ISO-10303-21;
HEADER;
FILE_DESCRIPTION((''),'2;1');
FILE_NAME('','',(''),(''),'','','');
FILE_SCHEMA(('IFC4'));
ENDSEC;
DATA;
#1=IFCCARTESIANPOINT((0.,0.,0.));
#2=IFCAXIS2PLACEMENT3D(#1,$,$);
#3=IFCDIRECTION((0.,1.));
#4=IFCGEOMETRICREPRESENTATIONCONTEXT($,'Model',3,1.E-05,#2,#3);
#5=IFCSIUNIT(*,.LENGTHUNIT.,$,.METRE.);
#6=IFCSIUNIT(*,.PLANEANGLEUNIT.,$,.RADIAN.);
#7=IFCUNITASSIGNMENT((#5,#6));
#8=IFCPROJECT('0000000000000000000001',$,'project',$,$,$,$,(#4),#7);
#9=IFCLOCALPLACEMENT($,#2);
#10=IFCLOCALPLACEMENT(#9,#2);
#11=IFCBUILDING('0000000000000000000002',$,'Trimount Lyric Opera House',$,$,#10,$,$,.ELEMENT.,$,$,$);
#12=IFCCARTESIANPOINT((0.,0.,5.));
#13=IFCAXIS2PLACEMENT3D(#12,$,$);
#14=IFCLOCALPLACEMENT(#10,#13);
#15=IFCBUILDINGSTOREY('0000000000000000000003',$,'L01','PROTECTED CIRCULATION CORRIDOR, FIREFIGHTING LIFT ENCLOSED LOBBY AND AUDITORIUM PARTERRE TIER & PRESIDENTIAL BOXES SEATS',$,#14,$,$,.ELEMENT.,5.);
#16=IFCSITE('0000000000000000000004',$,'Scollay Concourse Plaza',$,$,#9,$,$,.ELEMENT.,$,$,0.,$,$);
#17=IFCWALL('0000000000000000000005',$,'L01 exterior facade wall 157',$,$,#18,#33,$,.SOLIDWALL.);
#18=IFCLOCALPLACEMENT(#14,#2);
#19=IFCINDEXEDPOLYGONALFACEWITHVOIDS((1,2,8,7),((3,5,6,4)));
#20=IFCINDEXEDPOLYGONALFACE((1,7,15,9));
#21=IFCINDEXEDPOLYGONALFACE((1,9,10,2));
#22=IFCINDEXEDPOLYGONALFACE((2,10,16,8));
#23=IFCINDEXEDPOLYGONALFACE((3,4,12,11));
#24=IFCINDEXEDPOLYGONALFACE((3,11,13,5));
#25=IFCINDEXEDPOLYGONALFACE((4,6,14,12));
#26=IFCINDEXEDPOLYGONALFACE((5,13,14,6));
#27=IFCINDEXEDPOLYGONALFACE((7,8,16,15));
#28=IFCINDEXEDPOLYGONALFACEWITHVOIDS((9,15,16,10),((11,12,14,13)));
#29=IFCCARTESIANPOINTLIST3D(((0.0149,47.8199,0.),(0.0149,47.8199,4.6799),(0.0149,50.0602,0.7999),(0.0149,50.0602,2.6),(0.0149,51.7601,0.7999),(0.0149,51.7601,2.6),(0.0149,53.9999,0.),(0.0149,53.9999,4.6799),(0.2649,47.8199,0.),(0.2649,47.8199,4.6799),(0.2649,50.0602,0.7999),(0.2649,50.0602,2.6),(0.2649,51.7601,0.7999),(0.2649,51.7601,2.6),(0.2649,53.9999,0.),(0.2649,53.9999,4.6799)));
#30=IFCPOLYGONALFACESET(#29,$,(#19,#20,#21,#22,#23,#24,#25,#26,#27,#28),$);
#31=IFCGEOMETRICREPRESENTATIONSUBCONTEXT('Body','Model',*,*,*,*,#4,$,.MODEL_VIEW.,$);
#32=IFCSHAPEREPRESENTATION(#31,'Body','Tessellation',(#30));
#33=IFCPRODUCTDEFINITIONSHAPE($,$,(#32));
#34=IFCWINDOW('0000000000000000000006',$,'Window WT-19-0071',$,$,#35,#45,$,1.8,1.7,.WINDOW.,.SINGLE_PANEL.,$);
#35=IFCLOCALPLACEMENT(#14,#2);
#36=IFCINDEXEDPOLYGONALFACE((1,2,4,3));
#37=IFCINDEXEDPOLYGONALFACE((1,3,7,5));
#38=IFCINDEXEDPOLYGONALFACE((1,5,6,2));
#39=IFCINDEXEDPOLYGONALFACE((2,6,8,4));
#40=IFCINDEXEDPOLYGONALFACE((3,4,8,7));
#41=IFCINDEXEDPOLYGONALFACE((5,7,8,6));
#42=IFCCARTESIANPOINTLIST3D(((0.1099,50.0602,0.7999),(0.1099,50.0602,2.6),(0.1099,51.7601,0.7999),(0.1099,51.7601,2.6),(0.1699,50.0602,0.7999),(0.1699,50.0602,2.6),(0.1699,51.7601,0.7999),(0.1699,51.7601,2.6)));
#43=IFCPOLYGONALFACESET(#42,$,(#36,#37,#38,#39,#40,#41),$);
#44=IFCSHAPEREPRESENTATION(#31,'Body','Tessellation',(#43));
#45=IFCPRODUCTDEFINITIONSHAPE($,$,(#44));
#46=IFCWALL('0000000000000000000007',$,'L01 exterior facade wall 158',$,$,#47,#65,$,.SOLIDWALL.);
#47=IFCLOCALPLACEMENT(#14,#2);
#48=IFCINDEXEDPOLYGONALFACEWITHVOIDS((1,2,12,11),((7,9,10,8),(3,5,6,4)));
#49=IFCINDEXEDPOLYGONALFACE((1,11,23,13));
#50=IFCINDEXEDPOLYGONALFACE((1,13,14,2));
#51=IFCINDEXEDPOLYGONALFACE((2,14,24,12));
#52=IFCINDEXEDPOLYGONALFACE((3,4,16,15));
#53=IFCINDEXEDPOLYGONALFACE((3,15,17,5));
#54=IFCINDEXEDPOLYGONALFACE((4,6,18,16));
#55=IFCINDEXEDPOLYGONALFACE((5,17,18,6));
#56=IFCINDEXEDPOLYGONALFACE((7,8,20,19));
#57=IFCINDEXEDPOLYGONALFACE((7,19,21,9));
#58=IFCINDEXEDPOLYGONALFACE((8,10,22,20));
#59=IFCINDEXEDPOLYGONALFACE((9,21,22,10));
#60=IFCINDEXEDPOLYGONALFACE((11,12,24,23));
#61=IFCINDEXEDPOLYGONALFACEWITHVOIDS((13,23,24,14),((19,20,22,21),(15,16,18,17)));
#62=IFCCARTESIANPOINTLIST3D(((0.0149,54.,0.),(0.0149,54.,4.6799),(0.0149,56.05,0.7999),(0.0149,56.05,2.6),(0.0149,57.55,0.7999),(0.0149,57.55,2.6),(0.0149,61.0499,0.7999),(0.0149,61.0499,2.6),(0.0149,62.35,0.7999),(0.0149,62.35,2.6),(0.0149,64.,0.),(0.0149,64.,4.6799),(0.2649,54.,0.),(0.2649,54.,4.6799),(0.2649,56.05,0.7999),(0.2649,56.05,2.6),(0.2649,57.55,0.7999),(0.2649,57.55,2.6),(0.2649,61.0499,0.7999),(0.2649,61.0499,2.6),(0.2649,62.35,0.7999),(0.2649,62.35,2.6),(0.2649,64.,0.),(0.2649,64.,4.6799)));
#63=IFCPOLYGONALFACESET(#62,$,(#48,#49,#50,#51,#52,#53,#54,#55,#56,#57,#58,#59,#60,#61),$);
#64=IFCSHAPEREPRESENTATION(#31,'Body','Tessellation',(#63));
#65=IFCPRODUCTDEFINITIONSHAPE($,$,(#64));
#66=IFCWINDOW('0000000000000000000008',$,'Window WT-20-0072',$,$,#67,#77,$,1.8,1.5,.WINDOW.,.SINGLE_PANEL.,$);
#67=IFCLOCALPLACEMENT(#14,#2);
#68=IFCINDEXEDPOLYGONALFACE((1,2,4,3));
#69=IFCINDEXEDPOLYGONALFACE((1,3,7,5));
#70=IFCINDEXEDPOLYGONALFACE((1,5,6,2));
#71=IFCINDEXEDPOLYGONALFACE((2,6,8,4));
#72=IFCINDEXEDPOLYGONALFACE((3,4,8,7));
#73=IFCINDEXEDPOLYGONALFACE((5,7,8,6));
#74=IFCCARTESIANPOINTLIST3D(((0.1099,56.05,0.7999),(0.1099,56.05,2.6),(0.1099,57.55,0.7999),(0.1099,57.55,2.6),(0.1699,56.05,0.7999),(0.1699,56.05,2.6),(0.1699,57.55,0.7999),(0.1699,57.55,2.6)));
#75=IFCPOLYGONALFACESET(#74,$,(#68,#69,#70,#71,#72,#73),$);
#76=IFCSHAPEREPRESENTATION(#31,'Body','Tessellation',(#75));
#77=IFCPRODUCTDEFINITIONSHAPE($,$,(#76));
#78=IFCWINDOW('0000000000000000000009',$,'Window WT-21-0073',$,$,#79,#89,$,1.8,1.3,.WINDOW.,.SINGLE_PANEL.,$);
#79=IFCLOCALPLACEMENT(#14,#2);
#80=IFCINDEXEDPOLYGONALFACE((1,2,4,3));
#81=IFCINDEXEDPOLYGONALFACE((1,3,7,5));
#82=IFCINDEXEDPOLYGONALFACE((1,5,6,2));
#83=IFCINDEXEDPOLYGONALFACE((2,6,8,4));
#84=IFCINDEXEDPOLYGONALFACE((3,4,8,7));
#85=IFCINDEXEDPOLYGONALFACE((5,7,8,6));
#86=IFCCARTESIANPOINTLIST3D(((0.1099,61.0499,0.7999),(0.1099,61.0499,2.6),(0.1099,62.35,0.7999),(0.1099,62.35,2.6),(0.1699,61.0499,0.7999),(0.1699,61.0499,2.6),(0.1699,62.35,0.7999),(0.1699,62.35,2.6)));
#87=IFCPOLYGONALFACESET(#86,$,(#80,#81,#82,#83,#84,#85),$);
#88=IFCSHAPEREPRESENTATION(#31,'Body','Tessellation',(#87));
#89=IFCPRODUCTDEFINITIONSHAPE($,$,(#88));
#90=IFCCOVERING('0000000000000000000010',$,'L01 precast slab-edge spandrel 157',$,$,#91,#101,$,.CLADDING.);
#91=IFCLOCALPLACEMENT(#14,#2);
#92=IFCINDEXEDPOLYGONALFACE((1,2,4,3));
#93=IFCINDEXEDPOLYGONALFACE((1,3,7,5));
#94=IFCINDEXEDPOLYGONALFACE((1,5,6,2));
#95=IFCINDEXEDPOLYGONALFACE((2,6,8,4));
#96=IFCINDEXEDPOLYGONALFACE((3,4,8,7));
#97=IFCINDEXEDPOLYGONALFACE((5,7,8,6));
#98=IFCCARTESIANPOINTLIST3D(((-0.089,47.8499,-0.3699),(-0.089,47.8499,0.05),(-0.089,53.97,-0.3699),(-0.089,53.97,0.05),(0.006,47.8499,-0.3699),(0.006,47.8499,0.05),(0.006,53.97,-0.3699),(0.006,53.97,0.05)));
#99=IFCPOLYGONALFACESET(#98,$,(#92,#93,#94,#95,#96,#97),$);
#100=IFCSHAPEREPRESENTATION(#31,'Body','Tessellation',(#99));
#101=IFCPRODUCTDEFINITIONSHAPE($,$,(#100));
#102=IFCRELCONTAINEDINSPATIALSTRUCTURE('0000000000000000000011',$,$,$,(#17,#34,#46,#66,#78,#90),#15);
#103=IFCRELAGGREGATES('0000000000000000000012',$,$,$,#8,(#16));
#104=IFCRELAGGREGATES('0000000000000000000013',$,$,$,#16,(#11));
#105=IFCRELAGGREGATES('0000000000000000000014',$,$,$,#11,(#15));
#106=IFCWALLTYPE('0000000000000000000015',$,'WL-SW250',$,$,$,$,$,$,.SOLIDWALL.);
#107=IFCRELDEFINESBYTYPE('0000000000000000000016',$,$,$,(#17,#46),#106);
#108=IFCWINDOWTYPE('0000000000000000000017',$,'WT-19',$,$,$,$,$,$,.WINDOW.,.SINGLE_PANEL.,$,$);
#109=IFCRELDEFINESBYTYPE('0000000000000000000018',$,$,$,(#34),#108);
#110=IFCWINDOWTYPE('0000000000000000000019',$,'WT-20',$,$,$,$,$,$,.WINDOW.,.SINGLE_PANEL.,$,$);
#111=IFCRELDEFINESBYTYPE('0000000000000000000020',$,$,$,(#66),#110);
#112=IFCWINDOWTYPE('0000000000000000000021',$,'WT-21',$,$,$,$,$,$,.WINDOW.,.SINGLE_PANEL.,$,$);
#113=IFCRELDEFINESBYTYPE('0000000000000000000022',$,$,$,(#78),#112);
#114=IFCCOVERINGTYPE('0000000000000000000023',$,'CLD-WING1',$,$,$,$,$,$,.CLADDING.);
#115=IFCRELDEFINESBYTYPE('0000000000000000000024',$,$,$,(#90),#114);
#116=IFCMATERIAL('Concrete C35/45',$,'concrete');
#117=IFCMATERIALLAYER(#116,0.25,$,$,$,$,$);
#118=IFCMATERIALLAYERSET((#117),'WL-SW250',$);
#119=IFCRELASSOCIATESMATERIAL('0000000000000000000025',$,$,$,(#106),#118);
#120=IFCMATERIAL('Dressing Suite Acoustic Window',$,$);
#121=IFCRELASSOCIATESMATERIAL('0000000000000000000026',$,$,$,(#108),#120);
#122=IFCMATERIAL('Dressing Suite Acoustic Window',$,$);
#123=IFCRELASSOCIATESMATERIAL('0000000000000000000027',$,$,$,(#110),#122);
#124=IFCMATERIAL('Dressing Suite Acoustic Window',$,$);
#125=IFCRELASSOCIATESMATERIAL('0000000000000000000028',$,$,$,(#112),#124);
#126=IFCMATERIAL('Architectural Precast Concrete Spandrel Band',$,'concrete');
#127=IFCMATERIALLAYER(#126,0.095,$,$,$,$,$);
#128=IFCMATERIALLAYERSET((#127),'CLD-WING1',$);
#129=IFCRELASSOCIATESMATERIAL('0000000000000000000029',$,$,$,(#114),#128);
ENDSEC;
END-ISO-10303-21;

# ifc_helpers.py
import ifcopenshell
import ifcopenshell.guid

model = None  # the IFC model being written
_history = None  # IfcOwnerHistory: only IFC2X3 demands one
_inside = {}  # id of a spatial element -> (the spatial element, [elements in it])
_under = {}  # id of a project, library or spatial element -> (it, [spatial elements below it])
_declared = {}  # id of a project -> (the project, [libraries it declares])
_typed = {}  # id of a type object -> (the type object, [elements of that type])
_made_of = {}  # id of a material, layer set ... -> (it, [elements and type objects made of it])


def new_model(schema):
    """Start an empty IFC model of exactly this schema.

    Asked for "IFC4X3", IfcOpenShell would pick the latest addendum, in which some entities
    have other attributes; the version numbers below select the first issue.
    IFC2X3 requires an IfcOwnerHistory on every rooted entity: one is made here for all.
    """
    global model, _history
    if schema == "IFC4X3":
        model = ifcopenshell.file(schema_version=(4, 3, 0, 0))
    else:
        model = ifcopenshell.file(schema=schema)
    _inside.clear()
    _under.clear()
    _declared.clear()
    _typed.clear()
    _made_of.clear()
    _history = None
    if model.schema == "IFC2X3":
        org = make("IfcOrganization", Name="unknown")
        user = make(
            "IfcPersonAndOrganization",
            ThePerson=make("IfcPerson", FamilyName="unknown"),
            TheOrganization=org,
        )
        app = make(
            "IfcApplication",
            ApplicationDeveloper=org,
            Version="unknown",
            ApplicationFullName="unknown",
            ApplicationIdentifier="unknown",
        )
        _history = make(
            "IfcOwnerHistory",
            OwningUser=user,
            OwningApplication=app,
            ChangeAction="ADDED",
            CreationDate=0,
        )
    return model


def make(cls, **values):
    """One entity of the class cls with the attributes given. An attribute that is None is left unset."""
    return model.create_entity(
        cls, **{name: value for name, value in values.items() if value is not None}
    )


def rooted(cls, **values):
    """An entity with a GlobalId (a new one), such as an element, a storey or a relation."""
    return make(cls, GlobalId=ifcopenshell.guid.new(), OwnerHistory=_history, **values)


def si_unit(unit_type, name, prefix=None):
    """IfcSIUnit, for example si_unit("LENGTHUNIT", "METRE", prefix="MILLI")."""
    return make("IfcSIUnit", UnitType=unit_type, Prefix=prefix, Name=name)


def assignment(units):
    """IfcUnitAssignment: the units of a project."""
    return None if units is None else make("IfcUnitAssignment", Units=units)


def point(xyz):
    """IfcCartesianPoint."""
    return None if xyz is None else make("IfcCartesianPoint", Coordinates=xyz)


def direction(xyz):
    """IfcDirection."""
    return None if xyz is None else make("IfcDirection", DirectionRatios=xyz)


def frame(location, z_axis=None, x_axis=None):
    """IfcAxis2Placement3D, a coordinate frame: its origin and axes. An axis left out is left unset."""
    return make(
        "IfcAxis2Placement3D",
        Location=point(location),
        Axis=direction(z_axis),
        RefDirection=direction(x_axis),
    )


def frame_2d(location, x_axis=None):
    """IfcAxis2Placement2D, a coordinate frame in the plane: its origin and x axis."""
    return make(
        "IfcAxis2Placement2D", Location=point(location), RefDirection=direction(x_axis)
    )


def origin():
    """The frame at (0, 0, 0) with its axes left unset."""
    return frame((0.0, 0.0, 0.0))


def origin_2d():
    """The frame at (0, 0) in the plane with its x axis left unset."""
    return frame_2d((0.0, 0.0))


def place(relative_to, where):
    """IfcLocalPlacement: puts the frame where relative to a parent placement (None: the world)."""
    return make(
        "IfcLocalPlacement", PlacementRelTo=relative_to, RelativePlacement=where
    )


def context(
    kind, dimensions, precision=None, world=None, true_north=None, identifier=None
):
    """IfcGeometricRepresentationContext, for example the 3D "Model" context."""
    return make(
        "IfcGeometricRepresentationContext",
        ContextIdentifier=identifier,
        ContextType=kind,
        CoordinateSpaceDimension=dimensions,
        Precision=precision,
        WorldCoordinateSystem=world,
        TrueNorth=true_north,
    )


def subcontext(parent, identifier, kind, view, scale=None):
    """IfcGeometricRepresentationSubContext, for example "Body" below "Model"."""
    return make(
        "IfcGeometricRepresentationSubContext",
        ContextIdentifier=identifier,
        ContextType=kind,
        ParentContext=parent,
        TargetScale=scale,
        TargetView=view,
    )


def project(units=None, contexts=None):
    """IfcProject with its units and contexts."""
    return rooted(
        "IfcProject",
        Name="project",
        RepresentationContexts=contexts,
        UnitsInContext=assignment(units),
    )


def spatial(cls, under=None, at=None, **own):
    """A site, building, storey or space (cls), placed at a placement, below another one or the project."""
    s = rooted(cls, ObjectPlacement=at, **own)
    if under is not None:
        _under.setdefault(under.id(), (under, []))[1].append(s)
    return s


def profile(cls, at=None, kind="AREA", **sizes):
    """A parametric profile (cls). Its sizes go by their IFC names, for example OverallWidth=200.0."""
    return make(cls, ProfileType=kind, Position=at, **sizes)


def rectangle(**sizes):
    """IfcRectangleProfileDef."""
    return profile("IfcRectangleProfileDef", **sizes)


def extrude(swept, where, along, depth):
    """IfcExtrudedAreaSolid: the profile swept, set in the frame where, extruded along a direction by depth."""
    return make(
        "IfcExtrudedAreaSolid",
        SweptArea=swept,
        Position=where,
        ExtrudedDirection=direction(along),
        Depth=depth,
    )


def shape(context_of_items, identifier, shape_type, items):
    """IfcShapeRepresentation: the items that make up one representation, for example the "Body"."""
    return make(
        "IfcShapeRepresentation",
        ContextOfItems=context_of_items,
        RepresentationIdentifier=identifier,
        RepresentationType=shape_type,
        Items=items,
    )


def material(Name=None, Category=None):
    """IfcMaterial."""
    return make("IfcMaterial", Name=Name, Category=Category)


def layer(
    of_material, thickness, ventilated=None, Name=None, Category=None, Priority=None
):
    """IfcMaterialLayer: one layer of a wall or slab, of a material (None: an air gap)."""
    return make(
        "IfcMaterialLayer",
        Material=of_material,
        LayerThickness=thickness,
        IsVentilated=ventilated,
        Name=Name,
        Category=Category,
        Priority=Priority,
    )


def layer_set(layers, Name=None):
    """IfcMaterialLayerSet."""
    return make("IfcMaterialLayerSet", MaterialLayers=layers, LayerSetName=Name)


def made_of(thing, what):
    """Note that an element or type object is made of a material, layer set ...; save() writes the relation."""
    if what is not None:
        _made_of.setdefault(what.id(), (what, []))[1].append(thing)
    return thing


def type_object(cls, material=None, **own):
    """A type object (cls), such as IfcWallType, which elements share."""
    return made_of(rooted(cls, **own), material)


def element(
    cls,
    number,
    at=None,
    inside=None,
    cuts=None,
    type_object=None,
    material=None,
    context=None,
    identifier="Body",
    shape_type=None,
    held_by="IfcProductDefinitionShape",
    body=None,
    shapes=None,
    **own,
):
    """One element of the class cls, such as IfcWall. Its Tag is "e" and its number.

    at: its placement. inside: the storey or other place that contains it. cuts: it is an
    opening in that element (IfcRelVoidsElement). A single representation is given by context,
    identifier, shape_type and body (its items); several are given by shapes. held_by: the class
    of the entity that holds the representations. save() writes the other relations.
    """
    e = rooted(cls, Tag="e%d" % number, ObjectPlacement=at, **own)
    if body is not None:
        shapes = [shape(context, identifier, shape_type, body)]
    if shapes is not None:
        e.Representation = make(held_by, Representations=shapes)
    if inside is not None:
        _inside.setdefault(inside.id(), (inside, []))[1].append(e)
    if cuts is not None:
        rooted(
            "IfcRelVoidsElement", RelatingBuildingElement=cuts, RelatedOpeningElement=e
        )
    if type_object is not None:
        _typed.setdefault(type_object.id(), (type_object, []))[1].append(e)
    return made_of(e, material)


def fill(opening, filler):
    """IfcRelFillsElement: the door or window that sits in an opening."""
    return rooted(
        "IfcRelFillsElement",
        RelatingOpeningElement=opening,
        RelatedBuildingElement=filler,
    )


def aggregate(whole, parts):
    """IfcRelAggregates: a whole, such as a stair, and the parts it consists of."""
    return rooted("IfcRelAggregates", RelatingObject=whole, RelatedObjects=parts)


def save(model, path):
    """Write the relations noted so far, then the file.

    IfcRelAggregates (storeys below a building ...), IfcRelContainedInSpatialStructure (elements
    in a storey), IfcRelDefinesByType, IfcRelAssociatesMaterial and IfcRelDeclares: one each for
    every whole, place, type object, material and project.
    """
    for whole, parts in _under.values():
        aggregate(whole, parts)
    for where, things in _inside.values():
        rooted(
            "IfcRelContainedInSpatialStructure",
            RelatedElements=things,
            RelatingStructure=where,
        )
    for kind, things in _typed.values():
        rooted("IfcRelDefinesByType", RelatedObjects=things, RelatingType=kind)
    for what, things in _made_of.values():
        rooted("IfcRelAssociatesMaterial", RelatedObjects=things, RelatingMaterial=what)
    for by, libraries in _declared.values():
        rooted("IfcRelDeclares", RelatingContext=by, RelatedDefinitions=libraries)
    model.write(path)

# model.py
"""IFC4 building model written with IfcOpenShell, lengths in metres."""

from ifc_helpers import new_model, si_unit, direction, frame, frame_2d, origin, origin_2d, place, context, subcontext, project, spatial, rectangle, extrude, material, layer, layer_set, type_object, element, fill, save


model = new_model("IFC4")

# Units and contexts
model_context = context("Model", 3, precision=1e-05, world=origin(), true_north=direction((0.0, 1.0)))
body_context = subcontext(model_context, "Body", "Model", "MODEL_VIEW")
ifc_project = project(units=[si_unit("LENGTHUNIT", "METRE"), si_unit("PLANEANGLEUNIT", "RADIAN")], contexts=[model_context])

# Site, building, storey
site_placement = place(None, origin())
site = spatial("IfcSite", under=ifc_project, at=site_placement, Name="Scollay Concourse Plaza", CompositionType="ELEMENT", RefElevation=0.0)
building_placement = place(site_placement, origin())
building = spatial("IfcBuilding", under=site, at=building_placement, Name="Trimount Lyric Opera House", CompositionType="ELEMENT")
storey_placement = place(building_placement, frame((0.0, 0.0, 5.0)))
storey = spatial("IfcBuildingStorey", under=building, at=storey_placement, Name="L01", Description="PROTECTED CIRCULATION CORRIDOR, FIREFIGHTING LIFT ENCLOSED LOBBY AND AUDITORIUM PARTERRE TIER & PRESIDENTIAL BOXES SEATS", CompositionType="ELEMENT", Elevation=5.0)

# Wall, opening, window
ifc_material_1 = material(Name="Concrete C35/45", Category="concrete")
ifc_layer_1 = layer(ifc_material_1, 0.25)
ifc_layer_set_1 = layer_set([ifc_layer_1], Name="WL-SW250")
wall_type_1 = type_object("IfcWallType", Name="WL-SW250", PredefinedType="SOLIDWALL", material=ifc_layer_set_1)
wall_1_placement = place(storey_placement, frame((0.1399, 47.8201, 0.0), z_axis=(0.0, 0.0, 1.0), x_axis=(0.0, 1.0, 0.0)))
wall_1 = element("IfcWall", 1, at=wall_1_placement, inside=storey, type_object=wall_type_1, Name="L01 exterior facade wall 157", PredefinedType="SOLIDWALL", context=body_context, shape_type="SweptSolid", body=[
    extrude(rectangle(XDim=6.1799, YDim=0.25, at=frame_2d((3.0898, 0.0))), origin(), (0.0, 0.0, 1.0), 4.6799),
])
opening_1_placement = place(wall_1_placement, frame((2.24, 0.0, 0.8)))
opening_1 = element("IfcOpeningElement", 2, at=opening_1_placement, cuts=wall_1, PredefinedType="OPENING", context=body_context, shape_type="SweptSolid", body=[
    extrude(rectangle(XDim=1.7, YDim=1.8, at=frame_2d((0.8501, 0.8999))), frame((0.0, 0.135, 0.0), z_axis=(0.0, -1.0, 0.0), x_axis=(1.0, 0.0, 0.0)), (0.0, 0.0, 1.0), 0.27),
])
ifc_material_2 = material(Name="Dressing Suite Acoustic Window")
window_type_1 = type_object("IfcWindowType", Name="WT-19", PartitioningType="SINGLE_PANEL", PredefinedType="WINDOW", material=ifc_material_2)
window_1_placement = place(opening_1_placement, origin())
window_1 = element("IfcWindow", 3, at=window_1_placement, inside=storey, type_object=window_type_1, Name="Window WT-19-0071", OverallHeight=1.8, OverallWidth=1.7, PartitioningType="SINGLE_PANEL", PredefinedType="WINDOW", context=body_context, shape_type="SweptSolid", body=[
    extrude(rectangle(XDim=1.7, YDim=1.8, at=frame_2d((0.8501, 0.8999))), frame((0.0, 0.03, 0.0), z_axis=(0.0, -1.0, 0.0), x_axis=(1.0, 0.0, 0.0)), (0.0, 0.0, 1.0), 0.0601),
])
fill(opening_1, window_1)

# Wall, openings, windows
wall_2_placement = place(storey_placement, frame((0.1399, 54.0, 0.0), z_axis=(0.0, 0.0, 1.0), x_axis=(0.0, 1.0, 0.0)))
wall_2 = element("IfcWall", 4, at=wall_2_placement, inside=storey, type_object=wall_type_1, Name="L01 exterior facade wall 158", PredefinedType="SOLIDWALL", context=body_context, shape_type="SweptSolid", body=[
    extrude(rectangle(XDim=10.0, YDim=0.25, at=frame_2d((5.0, 0.0))), origin(), (0.0, 0.0, 1.0), 4.6799),
])
opening_2_placement = place(wall_2_placement, frame((2.05, 0.0, 0.8)))
opening_2 = element("IfcOpeningElement", 5, at=opening_2_placement, cuts=wall_2, PredefinedType="OPENING", context=body_context, shape_type="SweptSolid", body=[
    extrude(rectangle(XDim=1.5, YDim=1.8, at=frame_2d((0.75, 0.8999))), frame((0.0, 0.135, 0.0), z_axis=(0.0, -1.0, 0.0), x_axis=(1.0, 0.0, 0.0)), (0.0, 0.0, 1.0), 0.27),
])
opening_3_placement = place(wall_2_placement, frame((7.05, 0.0, 0.8)))
opening_3 = element("IfcOpeningElement", 6, at=opening_3_placement, cuts=wall_2, PredefinedType="OPENING", context=body_context, shape_type="SweptSolid", body=[
    extrude(rectangle(XDim=1.3, YDim=1.8, at=frame_2d((0.6499, 0.8999))), frame((0.0, 0.135, 0.0), z_axis=(0.0, -1.0, 0.0), x_axis=(1.0, 0.0, 0.0)), (0.0, 0.0, 1.0), 0.27),
])
ifc_material_3 = material(Name="Dressing Suite Acoustic Window")
window_type_2 = type_object("IfcWindowType", Name="WT-20", PartitioningType="SINGLE_PANEL", PredefinedType="WINDOW", material=ifc_material_3)
window_2_placement = place(opening_2_placement, origin())
window_2 = element("IfcWindow", 7, at=window_2_placement, inside=storey, type_object=window_type_2, Name="Window WT-20-0072", OverallHeight=1.8, OverallWidth=1.5, PartitioningType="SINGLE_PANEL", PredefinedType="WINDOW", context=body_context, shape_type="SweptSolid", body=[
    extrude(rectangle(XDim=1.5, YDim=1.8, at=frame_2d((0.75, 0.8999))), frame((0.0, 0.03, 0.0), z_axis=(0.0, -1.0, 0.0), x_axis=(1.0, 0.0, 0.0)), (0.0, 0.0, 1.0), 0.0601),
])
fill(opening_2, window_2)
ifc_material_4 = material(Name="Dressing Suite Acoustic Window")
window_type_3 = type_object("IfcWindowType", Name="WT-21", PartitioningType="SINGLE_PANEL", PredefinedType="WINDOW", material=ifc_material_4)
window_3_placement = place(opening_3_placement, origin())
window_3 = element("IfcWindow", 8, at=window_3_placement, inside=storey, type_object=window_type_3, Name="Window WT-21-0073", OverallHeight=1.8, OverallWidth=1.3, PartitioningType="SINGLE_PANEL", PredefinedType="WINDOW", context=body_context, shape_type="SweptSolid", body=[
    extrude(rectangle(XDim=1.3, YDim=1.8, at=frame_2d((0.6499, 0.8999))), frame((0.0, 0.03, 0.0), z_axis=(0.0, -1.0, 0.0), x_axis=(1.0, 0.0, 0.0)), (0.0, 0.0, 1.0), 0.0601),
])
fill(opening_3, window_3)

# Covering
ifc_material_5 = material(Name="Architectural Precast Concrete Spandrel Band", Category="concrete")
ifc_layer_2 = layer(ifc_material_5, 0.095)
ifc_layer_set_2 = layer_set([ifc_layer_2], Name="CLD-WING1")
covering_type = type_object("IfcCoveringType", Name="CLD-WING1", PredefinedType="CLADDING", material=ifc_layer_set_2)
covering_placement = place(storey_placement, frame((-0.0415, 50.9099, -0.3699), z_axis=(0.0, 0.0, 1.0), x_axis=(0.0, 1.0, 0.0)))
element("IfcCovering", 9, at=covering_placement, inside=storey, type_object=covering_type, Name="L01 precast slab-edge spandrel 157", PredefinedType="CLADDING", context=body_context, shape_type="SweptSolid", body=[
    extrude(rectangle(XDim=6.1201, YDim=0.095, at=origin_2d()), origin(), (0.0, 0.0, 1.0), 0.4199),
])

save(model, "model.ifc")
